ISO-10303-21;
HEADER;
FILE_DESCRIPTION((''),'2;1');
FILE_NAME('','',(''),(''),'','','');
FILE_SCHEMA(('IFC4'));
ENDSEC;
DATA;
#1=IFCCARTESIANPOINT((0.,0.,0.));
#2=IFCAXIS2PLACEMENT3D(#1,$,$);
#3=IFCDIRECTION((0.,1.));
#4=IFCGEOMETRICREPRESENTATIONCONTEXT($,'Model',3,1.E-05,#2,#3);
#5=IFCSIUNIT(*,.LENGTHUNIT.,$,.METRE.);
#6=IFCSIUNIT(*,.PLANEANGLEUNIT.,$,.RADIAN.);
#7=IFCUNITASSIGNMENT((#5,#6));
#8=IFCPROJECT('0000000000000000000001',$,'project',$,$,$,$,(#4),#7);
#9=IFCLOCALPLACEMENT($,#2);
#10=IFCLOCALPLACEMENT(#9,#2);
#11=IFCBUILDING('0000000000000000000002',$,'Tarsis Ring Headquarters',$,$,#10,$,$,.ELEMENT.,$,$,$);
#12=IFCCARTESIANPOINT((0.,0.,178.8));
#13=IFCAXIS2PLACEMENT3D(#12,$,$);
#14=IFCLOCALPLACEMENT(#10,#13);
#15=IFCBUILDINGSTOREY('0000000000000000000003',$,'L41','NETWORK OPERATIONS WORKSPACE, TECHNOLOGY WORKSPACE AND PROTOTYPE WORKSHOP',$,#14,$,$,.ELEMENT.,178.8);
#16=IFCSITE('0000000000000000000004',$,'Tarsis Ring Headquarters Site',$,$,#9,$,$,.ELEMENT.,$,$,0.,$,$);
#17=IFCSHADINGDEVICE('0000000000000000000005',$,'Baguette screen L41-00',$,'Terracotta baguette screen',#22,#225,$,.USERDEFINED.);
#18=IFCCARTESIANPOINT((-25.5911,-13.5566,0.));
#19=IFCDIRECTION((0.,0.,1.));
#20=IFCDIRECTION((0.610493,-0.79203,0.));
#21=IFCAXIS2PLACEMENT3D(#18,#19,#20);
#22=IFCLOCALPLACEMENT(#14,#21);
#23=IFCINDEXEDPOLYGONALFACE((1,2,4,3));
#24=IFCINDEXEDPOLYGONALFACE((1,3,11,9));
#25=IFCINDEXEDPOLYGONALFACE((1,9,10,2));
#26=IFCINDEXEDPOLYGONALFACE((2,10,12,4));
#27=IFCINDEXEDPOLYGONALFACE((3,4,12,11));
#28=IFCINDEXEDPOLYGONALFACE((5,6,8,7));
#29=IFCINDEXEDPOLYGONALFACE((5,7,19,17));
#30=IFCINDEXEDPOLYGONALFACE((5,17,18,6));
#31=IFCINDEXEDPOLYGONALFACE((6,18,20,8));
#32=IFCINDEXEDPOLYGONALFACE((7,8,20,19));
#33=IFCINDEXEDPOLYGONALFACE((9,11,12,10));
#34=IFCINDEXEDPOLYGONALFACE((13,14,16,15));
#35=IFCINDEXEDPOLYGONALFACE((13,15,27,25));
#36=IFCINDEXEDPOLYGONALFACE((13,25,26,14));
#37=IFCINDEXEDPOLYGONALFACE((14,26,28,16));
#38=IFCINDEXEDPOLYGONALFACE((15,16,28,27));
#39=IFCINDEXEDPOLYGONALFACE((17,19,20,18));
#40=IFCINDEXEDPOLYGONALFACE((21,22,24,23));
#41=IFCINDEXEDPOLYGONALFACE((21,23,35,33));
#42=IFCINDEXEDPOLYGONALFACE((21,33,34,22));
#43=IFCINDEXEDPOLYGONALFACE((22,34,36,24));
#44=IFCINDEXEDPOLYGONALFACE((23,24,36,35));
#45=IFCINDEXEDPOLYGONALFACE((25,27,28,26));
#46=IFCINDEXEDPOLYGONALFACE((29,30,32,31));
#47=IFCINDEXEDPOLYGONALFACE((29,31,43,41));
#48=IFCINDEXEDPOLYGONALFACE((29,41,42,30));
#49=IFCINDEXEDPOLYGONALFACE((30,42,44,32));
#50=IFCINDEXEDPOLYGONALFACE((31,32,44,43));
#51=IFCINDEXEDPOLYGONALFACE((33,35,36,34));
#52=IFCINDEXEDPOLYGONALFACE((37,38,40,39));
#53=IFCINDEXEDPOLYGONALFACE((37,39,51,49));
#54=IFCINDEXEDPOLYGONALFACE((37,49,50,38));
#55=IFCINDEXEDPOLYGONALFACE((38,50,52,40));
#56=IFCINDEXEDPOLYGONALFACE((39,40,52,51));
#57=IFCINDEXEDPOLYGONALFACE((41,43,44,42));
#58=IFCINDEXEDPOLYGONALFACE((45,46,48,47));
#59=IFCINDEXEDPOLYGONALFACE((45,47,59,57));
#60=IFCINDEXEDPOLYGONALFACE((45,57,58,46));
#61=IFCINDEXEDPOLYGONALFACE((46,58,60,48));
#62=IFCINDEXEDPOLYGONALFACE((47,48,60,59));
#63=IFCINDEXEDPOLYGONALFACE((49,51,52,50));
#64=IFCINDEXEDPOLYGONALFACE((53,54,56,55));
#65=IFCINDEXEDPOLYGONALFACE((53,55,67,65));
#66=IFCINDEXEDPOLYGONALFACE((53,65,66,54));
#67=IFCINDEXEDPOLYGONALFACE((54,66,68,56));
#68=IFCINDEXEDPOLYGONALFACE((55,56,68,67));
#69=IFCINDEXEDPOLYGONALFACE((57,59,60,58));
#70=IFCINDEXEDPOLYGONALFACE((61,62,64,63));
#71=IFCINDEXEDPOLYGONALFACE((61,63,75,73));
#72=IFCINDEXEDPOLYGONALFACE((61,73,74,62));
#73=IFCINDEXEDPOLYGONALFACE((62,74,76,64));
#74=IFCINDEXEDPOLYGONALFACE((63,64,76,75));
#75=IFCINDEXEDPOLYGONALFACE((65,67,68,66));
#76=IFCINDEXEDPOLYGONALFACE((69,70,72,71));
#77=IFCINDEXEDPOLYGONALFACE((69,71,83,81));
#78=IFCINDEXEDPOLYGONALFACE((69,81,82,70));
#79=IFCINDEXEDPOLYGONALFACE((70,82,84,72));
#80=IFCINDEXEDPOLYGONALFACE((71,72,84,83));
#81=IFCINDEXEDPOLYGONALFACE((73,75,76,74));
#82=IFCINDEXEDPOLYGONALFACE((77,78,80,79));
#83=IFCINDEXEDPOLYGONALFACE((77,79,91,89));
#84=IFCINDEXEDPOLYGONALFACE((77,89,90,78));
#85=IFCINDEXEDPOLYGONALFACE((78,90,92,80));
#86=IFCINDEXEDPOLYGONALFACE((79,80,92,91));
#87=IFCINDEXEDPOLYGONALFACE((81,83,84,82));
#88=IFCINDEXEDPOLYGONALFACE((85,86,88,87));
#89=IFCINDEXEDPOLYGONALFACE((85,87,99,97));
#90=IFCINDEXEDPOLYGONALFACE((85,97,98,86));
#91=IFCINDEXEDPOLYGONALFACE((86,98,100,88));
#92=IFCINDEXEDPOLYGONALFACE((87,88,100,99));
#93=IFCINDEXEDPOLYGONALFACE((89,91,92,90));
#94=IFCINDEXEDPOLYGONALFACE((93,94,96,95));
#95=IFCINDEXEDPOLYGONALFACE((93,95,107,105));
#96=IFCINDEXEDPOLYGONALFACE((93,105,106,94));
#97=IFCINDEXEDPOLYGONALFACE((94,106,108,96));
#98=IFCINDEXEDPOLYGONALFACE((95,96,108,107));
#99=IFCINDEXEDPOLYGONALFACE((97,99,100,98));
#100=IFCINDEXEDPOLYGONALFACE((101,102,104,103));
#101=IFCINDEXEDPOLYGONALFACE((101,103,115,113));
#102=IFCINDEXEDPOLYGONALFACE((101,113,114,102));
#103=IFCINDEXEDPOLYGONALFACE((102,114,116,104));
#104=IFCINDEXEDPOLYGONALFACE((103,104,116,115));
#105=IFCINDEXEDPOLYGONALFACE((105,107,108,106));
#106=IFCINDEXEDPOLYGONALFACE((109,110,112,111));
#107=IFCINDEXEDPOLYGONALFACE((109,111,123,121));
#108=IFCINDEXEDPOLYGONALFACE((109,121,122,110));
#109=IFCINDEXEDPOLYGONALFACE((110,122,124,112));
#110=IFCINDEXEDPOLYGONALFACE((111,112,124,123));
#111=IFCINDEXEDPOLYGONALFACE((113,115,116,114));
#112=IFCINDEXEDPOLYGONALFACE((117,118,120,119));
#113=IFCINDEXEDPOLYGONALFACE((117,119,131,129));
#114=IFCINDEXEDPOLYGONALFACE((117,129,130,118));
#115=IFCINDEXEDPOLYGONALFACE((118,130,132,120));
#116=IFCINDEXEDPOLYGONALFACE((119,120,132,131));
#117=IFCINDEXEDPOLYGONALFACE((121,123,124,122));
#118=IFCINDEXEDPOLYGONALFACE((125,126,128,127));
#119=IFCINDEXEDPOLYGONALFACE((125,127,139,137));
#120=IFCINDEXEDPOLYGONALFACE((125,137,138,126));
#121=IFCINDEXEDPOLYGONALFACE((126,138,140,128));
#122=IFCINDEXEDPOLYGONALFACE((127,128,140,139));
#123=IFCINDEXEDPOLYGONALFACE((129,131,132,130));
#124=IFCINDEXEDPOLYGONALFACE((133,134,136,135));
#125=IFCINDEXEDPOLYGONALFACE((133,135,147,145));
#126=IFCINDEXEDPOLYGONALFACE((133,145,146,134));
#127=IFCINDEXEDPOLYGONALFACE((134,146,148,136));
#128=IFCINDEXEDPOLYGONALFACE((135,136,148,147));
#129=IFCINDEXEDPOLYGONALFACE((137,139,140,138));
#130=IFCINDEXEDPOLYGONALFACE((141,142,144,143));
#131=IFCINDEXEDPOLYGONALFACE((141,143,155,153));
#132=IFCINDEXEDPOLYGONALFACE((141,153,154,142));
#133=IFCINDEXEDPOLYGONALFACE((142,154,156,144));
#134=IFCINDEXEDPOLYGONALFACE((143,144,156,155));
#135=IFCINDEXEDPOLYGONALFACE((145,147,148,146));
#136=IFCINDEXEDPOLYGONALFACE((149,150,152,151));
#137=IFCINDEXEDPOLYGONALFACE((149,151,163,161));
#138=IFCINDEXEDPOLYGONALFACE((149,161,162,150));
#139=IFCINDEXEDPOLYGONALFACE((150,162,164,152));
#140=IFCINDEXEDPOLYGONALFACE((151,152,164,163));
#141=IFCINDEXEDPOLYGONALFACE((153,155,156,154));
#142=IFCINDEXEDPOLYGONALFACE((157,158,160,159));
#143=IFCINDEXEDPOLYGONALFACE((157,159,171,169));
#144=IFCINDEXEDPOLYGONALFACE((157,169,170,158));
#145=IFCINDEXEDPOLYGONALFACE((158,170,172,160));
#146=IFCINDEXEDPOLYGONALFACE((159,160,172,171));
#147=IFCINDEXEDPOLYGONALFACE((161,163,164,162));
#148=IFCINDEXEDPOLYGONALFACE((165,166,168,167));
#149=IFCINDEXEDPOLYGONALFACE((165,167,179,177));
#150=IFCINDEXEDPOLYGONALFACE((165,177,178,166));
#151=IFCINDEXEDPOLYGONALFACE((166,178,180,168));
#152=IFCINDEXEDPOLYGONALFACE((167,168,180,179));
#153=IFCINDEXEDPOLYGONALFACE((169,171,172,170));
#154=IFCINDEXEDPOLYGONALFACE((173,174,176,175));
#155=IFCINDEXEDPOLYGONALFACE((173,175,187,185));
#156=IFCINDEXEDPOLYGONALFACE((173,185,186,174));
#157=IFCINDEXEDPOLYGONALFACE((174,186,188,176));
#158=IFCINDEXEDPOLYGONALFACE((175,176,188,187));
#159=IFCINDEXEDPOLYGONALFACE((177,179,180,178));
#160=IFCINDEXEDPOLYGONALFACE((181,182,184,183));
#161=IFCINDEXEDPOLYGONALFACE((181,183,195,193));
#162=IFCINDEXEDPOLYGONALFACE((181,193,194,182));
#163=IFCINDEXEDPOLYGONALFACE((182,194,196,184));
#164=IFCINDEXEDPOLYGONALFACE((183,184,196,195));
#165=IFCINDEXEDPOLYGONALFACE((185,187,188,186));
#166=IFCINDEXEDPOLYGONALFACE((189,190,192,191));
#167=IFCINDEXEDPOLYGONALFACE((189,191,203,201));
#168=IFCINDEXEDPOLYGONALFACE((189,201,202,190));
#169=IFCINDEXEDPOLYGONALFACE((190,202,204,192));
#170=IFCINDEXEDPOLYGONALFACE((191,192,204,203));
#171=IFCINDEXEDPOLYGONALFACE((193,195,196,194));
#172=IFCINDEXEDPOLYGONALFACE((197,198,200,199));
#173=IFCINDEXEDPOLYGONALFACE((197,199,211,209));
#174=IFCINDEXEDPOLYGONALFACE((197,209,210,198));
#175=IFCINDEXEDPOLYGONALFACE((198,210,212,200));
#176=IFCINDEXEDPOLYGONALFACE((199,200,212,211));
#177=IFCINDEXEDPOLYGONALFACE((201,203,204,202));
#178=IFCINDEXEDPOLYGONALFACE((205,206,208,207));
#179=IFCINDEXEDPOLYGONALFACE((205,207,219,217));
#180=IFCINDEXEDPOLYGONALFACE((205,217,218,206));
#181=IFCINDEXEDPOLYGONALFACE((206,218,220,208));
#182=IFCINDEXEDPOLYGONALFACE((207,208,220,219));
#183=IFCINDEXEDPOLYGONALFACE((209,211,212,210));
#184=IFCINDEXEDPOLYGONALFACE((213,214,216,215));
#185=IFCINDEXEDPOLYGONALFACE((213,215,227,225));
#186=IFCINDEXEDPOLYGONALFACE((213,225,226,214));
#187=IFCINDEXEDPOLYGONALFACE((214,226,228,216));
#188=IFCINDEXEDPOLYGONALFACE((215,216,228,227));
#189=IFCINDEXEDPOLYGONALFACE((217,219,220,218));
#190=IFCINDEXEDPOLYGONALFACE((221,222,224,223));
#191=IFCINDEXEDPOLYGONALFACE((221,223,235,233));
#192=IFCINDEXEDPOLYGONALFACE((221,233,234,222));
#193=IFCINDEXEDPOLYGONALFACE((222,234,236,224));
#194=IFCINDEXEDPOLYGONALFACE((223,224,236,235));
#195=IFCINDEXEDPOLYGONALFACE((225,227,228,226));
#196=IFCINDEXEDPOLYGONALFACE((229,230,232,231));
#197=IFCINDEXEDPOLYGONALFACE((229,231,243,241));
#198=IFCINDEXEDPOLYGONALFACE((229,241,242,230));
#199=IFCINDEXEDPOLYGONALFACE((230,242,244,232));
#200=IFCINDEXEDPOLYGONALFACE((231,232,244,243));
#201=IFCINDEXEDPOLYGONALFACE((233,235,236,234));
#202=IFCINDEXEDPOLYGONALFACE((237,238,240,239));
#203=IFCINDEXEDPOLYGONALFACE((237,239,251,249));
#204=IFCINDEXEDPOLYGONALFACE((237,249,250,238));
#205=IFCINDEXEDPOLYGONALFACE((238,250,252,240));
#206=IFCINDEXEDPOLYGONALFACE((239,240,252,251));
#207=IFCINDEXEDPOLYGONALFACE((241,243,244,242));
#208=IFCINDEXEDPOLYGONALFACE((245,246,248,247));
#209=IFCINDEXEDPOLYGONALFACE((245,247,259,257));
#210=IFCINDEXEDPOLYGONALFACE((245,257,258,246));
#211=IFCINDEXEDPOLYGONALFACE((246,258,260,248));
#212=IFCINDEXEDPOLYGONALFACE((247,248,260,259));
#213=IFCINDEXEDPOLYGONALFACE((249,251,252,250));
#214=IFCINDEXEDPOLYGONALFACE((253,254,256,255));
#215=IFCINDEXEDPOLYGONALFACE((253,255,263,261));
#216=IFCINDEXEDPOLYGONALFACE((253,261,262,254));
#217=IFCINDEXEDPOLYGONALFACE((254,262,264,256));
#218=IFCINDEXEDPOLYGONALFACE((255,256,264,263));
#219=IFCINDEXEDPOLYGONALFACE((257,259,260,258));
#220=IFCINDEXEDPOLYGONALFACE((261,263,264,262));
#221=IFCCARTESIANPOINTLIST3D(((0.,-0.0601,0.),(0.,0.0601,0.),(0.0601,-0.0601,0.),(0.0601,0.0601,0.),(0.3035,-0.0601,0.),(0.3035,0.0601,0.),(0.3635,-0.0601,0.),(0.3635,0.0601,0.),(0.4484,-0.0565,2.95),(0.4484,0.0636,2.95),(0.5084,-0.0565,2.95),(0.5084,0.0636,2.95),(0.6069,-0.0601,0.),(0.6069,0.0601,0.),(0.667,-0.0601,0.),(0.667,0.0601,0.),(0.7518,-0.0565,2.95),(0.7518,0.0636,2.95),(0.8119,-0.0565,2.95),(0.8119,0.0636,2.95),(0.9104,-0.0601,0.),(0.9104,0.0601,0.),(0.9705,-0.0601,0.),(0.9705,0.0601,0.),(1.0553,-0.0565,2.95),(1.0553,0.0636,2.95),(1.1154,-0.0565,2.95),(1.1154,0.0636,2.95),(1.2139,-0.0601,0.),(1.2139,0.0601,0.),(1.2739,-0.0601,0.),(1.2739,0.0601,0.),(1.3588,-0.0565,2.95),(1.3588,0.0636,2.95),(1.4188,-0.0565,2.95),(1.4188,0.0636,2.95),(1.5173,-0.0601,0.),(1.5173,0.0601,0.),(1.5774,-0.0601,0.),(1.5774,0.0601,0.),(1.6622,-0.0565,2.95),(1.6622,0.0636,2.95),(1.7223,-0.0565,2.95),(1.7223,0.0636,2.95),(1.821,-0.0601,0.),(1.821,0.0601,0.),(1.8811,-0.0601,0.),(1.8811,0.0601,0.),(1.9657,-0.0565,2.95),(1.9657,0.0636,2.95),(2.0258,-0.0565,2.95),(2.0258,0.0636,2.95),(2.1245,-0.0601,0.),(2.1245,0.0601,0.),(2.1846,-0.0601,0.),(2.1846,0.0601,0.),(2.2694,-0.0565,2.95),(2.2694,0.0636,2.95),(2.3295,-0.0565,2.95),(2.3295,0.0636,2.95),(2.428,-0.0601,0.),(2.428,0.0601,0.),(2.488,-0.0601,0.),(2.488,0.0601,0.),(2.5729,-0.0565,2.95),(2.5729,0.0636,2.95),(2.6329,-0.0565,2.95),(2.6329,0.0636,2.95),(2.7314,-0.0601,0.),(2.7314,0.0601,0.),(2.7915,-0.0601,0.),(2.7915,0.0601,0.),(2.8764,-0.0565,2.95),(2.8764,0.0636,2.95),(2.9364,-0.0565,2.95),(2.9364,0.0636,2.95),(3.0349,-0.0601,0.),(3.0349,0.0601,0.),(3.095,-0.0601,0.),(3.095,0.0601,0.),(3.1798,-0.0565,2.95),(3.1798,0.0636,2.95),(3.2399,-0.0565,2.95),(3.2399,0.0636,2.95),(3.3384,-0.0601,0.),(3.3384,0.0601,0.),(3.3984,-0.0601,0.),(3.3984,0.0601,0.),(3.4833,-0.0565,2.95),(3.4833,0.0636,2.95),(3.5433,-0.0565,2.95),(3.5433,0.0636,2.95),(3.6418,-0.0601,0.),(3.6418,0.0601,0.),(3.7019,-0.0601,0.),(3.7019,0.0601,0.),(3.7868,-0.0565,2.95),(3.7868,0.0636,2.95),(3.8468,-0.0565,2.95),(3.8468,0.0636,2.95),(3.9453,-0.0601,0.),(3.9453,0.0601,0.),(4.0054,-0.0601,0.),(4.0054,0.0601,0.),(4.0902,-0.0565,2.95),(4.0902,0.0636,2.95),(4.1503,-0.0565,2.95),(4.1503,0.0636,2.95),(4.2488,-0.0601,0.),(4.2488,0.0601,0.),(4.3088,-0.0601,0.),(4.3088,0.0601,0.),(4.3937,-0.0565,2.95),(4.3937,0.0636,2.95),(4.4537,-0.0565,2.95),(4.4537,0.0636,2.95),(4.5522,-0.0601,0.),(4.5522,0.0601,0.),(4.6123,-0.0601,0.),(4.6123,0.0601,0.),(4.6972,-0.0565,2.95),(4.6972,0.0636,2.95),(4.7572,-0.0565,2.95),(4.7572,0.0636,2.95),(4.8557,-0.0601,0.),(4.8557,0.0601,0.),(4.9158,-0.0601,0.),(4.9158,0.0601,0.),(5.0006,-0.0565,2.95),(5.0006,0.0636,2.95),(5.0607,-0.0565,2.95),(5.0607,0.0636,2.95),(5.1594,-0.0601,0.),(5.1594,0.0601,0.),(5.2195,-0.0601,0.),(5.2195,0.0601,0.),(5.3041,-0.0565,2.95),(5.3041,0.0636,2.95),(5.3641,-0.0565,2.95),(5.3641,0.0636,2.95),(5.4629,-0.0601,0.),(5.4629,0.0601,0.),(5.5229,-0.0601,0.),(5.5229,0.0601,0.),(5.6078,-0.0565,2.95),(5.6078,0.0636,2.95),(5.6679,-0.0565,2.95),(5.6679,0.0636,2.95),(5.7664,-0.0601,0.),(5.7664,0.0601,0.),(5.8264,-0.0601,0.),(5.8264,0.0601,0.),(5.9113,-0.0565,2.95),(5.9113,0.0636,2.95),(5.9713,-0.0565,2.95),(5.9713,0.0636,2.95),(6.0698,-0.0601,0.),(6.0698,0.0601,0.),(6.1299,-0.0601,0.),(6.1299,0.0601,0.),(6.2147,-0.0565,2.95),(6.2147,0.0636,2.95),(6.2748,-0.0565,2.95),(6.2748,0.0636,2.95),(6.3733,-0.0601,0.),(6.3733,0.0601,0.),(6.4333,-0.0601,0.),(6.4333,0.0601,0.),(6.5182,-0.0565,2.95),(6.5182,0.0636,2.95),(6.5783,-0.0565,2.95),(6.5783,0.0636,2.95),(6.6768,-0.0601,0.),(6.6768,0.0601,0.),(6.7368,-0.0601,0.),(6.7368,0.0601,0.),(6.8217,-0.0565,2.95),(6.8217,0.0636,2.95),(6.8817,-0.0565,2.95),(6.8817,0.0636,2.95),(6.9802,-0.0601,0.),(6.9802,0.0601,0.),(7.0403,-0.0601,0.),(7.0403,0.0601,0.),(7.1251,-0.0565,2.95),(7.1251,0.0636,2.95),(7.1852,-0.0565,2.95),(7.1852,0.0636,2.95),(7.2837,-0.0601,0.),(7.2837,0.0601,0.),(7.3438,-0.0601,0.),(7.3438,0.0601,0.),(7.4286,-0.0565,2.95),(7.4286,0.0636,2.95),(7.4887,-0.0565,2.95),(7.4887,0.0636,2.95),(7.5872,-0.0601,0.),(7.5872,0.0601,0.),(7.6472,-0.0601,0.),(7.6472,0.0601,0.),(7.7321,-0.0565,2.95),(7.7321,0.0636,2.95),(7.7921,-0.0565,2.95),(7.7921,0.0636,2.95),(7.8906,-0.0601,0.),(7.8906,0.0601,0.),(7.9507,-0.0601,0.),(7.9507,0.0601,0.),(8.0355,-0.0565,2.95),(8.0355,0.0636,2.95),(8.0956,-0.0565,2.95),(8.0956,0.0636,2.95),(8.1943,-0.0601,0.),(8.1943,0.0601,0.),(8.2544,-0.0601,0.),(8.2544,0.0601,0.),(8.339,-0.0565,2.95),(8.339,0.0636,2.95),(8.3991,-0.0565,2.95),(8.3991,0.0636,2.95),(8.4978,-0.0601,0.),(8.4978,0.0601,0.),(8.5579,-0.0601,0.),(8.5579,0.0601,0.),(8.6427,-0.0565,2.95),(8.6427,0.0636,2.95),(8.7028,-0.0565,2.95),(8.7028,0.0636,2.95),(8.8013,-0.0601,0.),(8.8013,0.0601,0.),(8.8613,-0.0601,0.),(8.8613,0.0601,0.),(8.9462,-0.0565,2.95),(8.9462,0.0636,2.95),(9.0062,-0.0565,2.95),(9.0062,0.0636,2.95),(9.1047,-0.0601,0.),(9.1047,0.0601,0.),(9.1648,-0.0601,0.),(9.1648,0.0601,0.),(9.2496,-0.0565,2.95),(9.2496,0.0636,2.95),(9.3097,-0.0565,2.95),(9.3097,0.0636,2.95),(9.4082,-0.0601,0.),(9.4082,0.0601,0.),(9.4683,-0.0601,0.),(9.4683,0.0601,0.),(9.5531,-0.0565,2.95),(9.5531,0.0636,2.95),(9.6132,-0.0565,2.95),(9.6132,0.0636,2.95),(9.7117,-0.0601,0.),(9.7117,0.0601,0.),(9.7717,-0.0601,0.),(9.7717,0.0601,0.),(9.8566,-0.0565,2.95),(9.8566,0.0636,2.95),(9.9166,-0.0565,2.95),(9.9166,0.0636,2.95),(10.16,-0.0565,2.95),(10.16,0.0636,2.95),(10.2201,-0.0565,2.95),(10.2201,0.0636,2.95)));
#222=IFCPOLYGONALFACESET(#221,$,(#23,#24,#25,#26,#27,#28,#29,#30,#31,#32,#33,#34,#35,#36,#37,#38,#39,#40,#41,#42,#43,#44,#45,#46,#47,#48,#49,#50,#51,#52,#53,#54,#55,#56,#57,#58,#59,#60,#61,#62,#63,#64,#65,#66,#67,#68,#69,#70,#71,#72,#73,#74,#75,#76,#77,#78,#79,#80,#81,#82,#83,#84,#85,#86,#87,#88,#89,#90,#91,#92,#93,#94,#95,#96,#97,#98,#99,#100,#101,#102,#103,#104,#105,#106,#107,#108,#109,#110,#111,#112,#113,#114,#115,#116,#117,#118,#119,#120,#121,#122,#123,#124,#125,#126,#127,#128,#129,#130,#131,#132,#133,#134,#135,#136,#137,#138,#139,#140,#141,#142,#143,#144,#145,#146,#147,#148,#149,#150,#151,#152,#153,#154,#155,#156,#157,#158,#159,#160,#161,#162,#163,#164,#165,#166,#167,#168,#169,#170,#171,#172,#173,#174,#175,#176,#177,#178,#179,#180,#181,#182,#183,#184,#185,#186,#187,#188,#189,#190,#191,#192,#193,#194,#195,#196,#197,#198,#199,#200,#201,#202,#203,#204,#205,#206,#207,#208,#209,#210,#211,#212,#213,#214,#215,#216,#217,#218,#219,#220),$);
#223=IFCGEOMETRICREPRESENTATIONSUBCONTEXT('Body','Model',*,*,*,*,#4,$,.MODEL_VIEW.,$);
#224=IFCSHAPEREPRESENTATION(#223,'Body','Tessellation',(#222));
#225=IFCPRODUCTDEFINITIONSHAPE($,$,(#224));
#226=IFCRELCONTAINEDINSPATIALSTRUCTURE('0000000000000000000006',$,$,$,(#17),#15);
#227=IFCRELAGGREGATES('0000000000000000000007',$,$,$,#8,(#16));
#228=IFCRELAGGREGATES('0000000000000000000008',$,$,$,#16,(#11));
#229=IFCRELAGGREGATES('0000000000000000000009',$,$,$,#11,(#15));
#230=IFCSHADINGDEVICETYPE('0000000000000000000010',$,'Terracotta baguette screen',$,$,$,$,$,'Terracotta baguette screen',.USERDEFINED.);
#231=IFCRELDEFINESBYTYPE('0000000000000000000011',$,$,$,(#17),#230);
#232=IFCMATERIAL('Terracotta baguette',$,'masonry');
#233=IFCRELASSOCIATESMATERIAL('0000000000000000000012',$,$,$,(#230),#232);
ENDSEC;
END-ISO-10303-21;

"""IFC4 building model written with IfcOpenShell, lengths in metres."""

from ifc_helpers import new_model, si_unit, direction, frame, frame_2d, origin, place, context, subcontext, project, spatial, rectangle, composite_profile, extrude, material, type_object, element, save


model = new_model("IFC4")

# Units and contexts
model_context = context("Model", 3, precision=1e-05, world=origin(), true_north=direction((0.0, 1.0)))
body_context = subcontext(model_context, "Body", "Model", "MODEL_VIEW")
ifc_project = project(units=[si_unit("LENGTHUNIT", "METRE"), si_unit("PLANEANGLEUNIT", "RADIAN")], contexts=[model_context])

# Site, building, storey
site_placement = place(None, origin())
site = spatial("IfcSite", under=ifc_project, at=site_placement, Name="Tarsis Ring Headquarters Site", CompositionType="ELEMENT", RefElevation=0.0)
building_placement = place(site_placement, origin())
building = spatial("IfcBuilding", under=site, at=building_placement, Name="Tarsis Ring Headquarters", CompositionType="ELEMENT")
storey_placement = place(building_placement, frame((0.0, 0.0, 178.8)))
storey = spatial("IfcBuildingStorey", under=building, at=storey_placement, Name="L41", Description="NETWORK OPERATIONS WORKSPACE, TECHNOLOGY WORKSPACE AND PROTOTYPE WORKSHOP", CompositionType="ELEMENT", Elevation=178.8)

# Shading device
ifc_material_1 = material(Name="Terracotta baguette", Category="masonry")
shading_device_type = type_object("IfcShadingDeviceType", Name="Terracotta baguette screen", ElementType="Terracotta baguette screen", PredefinedType="USERDEFINED", material=ifc_material_1)
shading_device_placement = place(storey_placement, frame((-25.5911, -13.5566, 0.0), z_axis=(0.0, 0.0, 1.0), x_axis=(0.610493, -0.79203, 0.0)))
element("IfcShadingDevice", 1, at=shading_device_placement, inside=storey, type_object=shading_device_type, Name="Baguette screen L41-00", ObjectType="Terracotta baguette screen", PredefinedType="USERDEFINED", context=body_context, shape_type="SweptSolid", body=[
    extrude(composite_profile([rectangle(XDim=0.0601, YDim=0.1201, at=frame_2d((0.03, 0.0))), rectangle(XDim=0.0601, YDim=0.1201, at=frame_2d((0.3335, 0.0))), rectangle(XDim=0.0601, YDim=0.1201, at=frame_2d((0.637, 0.0))), rectangle(XDim=0.0601, YDim=0.1201, at=frame_2d((0.9404, 0.0))), rectangle(XDim=0.0601, YDim=0.1201, at=frame_2d((1.2439, 0.0))), rectangle(XDim=0.0601, YDim=0.1201, at=frame_2d((1.5474, 0.0))), rectangle(XDim=0.0601, YDim=0.1201, at=frame_2d((1.8511, 0.0))), rectangle(XDim=0.0601, YDim=0.1201, at=frame_2d((2.1545, 0.0))), rectangle(XDim=0.0601, YDim=0.1201, at=frame_2d((2.458, 0.0))), rectangle(XDim=0.0601, YDim=0.1201, at=frame_2d((2.7615, 0.0))), rectangle(XDim=0.0601, YDim=0.1201, at=frame_2d((3.0649, 0.0))), rectangle(XDim=0.0601, YDim=0.1201, at=frame_2d((3.3684, 0.0))), rectangle(XDim=0.0601, YDim=0.1201, at=frame_2d((3.6719, 0.0))), rectangle(XDim=0.0601, YDim=0.1201, at=frame_2d((3.9753, 0.0))), rectangle(XDim=0.0601, YDim=0.1201, at=frame_2d((4.2788, 0.0))), rectangle(XDim=0.0601, YDim=0.1201, at=frame_2d((4.5823, 0.0))), rectangle(XDim=0.0601, YDim=0.1201, at=frame_2d((4.8857, 0.0))), rectangle(XDim=0.0601, YDim=0.1201, at=frame_2d((5.1895, 0.0))), rectangle(XDim=0.0601, YDim=0.1201, at=frame_2d((5.4929, 0.0))), rectangle(XDim=0.0601, YDim=0.1201, at=frame_2d((5.7964, 0.0))), rectangle(XDim=0.0601, YDim=0.1201, at=frame_2d((6.0999, 0.0))), rectangle(XDim=0.0601, YDim=0.1201, at=frame_2d((6.4033, 0.0))), rectangle(XDim=0.0601, YDim=0.1201, at=frame_2d((6.7068, 0.0))), rectangle(XDim=0.0601, YDim=0.1201, at=frame_2d((7.0103, 0.0))), rectangle(XDim=0.0601, YDim=0.1201, at=frame_2d((7.3137, 0.0))), rectangle(XDim=0.0601, YDim=0.1201, at=frame_2d((7.6172, 0.0))), rectangle(XDim=0.0601, YDim=0.1201, at=frame_2d((7.9207, 0.0))), rectangle(XDim=0.0601, YDim=0.1201, at=frame_2d((8.2244, 0.0))), rectangle(XDim=0.0601, YDim=0.1201, at=frame_2d((8.5278, 0.0))), rectangle(XDim=0.0601, YDim=0.1201, at=frame_2d((8.8313, 0.0))), rectangle(XDim=0.0601, YDim=0.1201, at=frame_2d((9.1348, 0.0))), rectangle(XDim=0.0601, YDim=0.1201, at=frame_2d((9.4382, 0.0))), rectangle(XDim=0.0601, YDim=0.1201, at=frame_2d((9.7417, 0.0)))]), origin(), (0.150265, 0.001181, 0.988645), 2.9839),
])

save(model, "model.ifc")
